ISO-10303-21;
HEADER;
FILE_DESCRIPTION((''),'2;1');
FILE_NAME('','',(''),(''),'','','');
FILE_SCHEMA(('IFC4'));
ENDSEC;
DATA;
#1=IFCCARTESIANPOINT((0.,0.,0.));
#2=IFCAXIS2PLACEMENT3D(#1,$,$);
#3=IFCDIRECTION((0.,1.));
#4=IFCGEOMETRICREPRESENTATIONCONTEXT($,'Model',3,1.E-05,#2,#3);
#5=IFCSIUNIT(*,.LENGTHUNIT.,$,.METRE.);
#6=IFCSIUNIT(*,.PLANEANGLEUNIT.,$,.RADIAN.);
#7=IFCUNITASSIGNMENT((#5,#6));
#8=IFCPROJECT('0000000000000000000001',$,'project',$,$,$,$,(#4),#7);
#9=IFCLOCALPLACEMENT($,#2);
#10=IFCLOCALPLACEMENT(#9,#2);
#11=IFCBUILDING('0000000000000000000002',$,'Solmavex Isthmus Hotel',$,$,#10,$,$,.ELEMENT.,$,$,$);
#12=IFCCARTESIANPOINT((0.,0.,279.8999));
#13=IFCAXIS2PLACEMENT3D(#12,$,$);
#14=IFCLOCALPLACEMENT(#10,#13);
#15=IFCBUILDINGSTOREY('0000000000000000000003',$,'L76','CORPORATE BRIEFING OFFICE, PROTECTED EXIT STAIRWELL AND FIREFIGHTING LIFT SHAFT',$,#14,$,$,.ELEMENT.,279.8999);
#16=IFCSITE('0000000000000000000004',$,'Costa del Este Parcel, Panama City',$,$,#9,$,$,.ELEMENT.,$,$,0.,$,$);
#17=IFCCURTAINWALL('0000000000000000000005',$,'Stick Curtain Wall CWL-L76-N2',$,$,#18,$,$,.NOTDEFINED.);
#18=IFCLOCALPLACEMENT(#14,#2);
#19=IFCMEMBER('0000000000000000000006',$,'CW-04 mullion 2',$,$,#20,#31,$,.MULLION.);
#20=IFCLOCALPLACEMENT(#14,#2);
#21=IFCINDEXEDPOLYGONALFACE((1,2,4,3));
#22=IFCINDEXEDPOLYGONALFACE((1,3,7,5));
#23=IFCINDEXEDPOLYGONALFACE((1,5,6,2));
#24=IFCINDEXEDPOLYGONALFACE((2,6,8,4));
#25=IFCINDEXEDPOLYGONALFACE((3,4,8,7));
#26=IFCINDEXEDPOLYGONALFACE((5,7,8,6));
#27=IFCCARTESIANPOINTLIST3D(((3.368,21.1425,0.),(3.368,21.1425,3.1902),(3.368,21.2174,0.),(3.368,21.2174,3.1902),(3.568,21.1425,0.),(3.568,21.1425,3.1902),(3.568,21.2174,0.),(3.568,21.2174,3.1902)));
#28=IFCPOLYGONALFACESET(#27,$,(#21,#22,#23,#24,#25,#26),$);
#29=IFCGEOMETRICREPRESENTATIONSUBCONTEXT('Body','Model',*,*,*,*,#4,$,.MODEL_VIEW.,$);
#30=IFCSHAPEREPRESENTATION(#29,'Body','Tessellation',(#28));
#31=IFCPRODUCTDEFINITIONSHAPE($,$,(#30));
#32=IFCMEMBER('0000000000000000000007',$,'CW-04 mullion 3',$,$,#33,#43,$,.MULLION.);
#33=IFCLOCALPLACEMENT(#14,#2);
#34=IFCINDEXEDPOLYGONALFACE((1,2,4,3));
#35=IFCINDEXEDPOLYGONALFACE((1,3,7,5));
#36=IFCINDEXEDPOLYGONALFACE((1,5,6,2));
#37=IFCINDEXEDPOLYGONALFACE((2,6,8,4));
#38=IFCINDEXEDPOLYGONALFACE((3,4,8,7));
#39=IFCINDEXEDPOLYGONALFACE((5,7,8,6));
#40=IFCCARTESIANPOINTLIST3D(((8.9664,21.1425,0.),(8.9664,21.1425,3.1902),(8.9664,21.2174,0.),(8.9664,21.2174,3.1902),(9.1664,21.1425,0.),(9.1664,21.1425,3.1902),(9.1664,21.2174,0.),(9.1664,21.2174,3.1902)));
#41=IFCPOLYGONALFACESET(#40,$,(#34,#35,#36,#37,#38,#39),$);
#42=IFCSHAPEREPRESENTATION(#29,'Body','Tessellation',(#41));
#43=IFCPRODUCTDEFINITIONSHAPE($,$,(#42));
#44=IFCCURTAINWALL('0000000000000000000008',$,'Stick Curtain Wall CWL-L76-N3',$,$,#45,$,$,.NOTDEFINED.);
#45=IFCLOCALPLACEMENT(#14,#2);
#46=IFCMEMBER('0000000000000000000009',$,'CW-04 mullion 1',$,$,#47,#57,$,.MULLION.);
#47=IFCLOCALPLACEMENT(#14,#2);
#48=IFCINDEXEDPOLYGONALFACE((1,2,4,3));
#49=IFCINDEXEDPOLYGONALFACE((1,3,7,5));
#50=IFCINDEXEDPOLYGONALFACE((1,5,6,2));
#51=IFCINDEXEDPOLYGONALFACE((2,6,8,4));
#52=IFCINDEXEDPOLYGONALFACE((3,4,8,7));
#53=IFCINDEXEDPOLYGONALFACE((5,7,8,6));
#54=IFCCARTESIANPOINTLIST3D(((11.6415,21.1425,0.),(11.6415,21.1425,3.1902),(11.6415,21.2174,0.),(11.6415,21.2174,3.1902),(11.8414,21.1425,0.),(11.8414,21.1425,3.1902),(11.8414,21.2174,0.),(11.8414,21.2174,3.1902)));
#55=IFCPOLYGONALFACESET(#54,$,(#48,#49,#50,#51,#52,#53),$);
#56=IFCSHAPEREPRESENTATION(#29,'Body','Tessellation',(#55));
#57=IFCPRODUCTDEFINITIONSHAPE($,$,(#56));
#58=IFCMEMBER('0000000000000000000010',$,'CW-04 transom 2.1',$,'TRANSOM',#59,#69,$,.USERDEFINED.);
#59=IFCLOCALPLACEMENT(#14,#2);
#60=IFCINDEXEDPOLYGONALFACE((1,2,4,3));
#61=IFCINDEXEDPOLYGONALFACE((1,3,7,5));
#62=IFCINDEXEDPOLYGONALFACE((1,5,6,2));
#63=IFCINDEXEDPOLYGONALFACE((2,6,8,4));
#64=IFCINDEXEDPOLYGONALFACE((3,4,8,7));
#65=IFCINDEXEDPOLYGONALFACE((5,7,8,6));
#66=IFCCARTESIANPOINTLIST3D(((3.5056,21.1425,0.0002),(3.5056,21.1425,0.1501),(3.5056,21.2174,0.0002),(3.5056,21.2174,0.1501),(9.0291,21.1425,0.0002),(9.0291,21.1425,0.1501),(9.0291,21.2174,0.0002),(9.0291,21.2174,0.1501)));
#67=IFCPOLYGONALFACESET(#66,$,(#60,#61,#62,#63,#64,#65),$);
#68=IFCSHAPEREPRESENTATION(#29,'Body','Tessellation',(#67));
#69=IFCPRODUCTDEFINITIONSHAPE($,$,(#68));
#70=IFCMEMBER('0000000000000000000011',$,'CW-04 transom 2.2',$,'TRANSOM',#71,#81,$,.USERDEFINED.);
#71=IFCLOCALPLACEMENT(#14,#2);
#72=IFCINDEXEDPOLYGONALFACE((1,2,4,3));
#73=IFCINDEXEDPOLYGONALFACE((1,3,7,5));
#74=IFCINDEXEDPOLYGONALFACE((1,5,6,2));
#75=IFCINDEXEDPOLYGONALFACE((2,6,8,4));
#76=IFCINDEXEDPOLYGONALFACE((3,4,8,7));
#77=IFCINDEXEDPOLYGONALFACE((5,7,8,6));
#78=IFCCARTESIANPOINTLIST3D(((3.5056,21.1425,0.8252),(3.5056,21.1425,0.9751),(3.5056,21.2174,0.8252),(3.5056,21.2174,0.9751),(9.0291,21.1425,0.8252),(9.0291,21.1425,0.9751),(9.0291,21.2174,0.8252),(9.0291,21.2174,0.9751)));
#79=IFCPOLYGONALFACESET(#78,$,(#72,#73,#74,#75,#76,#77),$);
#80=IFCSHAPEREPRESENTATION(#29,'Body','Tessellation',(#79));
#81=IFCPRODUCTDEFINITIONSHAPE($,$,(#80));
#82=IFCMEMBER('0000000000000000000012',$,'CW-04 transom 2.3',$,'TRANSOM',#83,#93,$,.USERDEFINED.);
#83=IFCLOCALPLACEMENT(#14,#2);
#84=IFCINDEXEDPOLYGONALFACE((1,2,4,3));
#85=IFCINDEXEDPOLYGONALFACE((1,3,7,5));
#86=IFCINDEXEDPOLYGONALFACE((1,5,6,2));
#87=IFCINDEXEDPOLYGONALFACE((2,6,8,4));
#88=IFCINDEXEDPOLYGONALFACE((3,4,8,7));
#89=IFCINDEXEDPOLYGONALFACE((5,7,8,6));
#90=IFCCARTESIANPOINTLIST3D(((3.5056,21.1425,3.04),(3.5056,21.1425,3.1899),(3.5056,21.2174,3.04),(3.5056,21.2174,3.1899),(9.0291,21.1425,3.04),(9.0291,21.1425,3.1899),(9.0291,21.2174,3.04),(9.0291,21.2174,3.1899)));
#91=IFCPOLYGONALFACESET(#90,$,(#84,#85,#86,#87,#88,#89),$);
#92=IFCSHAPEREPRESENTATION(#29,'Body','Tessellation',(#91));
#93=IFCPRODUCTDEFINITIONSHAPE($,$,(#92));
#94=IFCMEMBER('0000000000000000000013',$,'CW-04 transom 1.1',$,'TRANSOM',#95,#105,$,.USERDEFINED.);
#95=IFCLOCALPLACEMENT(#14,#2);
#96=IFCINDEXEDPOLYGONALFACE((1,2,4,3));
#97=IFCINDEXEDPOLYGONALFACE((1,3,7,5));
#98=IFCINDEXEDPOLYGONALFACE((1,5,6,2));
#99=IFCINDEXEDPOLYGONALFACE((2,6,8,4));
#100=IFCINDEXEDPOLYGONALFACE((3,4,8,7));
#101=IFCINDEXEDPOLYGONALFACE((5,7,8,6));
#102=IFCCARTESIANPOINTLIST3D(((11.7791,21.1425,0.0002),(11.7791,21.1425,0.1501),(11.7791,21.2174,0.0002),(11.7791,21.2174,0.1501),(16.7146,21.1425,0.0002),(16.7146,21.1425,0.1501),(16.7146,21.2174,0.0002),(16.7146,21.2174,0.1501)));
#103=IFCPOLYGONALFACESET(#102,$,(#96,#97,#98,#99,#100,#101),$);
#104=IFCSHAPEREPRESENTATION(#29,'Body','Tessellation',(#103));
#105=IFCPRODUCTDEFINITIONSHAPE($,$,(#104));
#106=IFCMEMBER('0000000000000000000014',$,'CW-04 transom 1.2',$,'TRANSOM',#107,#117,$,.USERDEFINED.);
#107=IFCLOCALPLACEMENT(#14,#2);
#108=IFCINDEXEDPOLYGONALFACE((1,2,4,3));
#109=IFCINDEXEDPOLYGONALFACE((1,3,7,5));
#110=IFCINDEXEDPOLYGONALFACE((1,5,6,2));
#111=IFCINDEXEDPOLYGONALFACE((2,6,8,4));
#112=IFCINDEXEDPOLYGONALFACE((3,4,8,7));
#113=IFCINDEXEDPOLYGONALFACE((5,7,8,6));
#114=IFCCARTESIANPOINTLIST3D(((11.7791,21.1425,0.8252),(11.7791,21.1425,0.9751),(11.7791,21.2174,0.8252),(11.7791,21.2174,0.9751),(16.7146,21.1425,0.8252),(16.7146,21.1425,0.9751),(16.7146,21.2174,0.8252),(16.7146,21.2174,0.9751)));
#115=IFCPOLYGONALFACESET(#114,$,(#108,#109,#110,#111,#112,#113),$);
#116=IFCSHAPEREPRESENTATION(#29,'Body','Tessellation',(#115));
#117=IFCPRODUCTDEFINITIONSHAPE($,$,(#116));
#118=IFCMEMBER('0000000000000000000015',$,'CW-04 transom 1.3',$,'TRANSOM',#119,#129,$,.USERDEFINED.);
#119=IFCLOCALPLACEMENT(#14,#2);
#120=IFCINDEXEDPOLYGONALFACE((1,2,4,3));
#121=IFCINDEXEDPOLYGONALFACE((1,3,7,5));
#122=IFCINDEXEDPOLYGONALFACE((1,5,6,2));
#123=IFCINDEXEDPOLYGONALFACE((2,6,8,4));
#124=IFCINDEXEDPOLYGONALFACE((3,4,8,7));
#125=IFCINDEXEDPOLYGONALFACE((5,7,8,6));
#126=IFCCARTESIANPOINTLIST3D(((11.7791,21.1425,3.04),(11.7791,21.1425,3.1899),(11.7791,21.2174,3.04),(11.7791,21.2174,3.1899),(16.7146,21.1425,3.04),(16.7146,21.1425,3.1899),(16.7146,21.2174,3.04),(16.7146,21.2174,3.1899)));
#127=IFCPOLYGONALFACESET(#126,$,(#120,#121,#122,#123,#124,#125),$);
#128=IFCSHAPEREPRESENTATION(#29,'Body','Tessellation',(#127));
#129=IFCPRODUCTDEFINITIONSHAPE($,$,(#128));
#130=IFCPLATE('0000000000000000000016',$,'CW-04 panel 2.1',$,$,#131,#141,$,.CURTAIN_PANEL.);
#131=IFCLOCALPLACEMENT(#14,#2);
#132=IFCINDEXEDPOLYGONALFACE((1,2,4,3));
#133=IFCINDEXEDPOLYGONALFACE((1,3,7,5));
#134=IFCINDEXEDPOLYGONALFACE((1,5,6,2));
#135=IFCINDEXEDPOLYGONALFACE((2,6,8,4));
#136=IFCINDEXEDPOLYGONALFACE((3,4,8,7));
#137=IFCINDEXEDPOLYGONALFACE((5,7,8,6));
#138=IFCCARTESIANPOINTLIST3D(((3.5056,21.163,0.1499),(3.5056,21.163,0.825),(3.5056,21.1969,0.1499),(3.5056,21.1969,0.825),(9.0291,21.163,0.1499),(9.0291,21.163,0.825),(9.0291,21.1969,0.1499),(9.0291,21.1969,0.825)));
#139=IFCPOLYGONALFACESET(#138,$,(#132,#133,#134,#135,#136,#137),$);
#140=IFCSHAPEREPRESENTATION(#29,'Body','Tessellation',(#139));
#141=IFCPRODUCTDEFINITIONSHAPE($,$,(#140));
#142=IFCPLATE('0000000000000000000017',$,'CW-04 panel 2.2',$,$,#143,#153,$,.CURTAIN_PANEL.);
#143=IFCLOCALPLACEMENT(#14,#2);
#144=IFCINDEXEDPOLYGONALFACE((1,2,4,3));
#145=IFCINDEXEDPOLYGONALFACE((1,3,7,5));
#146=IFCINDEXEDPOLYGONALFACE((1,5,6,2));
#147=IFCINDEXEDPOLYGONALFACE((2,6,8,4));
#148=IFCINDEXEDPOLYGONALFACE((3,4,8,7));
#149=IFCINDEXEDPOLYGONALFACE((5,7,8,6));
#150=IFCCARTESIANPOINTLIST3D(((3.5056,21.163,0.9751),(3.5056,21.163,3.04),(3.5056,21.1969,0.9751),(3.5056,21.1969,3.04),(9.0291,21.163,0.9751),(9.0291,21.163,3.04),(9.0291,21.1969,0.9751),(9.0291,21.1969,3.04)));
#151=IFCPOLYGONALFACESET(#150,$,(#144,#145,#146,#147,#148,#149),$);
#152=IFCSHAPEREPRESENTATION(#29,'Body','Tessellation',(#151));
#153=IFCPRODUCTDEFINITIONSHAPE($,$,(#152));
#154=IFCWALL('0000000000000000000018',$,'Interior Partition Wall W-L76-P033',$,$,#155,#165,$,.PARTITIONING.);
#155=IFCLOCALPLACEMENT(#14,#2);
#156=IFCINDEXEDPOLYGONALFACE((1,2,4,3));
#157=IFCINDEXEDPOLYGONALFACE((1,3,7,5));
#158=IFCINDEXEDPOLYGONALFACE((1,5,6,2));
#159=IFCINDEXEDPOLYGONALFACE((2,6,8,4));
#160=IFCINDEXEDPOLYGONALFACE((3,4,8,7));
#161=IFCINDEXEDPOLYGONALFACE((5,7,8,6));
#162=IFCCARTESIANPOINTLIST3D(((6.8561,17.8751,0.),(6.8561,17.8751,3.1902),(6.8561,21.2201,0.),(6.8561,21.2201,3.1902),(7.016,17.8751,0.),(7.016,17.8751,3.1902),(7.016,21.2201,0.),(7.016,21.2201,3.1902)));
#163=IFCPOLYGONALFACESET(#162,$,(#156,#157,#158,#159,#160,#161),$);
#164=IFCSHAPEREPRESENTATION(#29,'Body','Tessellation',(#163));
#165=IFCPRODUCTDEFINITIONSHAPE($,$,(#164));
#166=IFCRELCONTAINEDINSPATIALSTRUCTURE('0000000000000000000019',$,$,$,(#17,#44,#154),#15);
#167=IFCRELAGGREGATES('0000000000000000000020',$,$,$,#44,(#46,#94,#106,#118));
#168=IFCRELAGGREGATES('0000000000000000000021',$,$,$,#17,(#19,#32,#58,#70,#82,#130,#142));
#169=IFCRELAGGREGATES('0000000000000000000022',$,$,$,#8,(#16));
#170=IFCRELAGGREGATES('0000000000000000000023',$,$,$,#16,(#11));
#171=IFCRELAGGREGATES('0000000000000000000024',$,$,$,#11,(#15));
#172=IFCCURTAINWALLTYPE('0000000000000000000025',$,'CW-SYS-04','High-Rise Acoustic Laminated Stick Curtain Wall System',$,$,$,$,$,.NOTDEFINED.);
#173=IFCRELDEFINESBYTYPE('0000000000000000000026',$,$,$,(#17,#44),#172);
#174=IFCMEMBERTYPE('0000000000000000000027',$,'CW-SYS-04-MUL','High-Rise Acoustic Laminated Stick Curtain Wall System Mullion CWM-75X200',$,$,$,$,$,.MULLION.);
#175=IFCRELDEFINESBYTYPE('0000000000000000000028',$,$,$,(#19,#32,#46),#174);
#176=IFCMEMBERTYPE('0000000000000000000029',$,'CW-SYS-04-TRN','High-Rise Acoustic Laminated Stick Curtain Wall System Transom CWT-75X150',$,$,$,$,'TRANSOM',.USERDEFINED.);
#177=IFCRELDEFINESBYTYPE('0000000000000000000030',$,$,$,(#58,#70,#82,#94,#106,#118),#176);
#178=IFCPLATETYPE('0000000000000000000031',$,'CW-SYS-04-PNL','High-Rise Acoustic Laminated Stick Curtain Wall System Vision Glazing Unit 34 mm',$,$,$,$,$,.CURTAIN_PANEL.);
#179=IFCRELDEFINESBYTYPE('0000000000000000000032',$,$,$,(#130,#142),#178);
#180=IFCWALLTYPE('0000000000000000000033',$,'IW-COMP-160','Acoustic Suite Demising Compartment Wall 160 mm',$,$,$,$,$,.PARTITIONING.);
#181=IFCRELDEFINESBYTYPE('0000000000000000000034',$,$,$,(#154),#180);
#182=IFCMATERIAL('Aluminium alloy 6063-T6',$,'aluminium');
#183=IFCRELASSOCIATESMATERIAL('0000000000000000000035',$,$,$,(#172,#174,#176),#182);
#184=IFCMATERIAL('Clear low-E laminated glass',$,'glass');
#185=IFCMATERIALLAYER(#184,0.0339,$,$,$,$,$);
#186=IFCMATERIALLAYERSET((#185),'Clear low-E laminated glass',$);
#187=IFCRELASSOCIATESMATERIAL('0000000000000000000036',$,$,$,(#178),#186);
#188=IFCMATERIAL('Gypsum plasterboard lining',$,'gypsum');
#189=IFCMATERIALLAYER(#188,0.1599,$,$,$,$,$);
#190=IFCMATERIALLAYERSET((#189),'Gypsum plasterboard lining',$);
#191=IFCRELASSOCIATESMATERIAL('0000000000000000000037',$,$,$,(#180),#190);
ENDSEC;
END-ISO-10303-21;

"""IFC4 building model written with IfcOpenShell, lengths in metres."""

from ifc_helpers import new_model, si_unit, direction, frame, frame_2d, origin, origin_2d, place, context, subcontext, project, spatial, rectangle, extrude, material, layer, layer_set, material_profile, profile_set, type_object, element, aggregate, save


model = new_model("IFC4")

# Units and contexts
model_context = context("Model", 3, precision=1e-05, world=origin(), true_north=direction((0.0, 1.0)))
body_context = subcontext(model_context, "Body", "Model", "MODEL_VIEW")
ifc_project = project(units=[si_unit("LENGTHUNIT", "METRE"), si_unit("PLANEANGLEUNIT", "RADIAN")], contexts=[model_context])

# Site, building, storey
site_placement = place(None, origin())
site = spatial("IfcSite", under=ifc_project, at=site_placement, Name="Costa del Este Parcel, Panama City", CompositionType="ELEMENT", RefElevation=0.0)
building_placement = place(site_placement, origin())
building = spatial("IfcBuilding", under=site, at=building_placement, Name="Solmavex Isthmus Hotel", CompositionType="ELEMENT")
storey_placement = place(building_placement, frame((0.0, 0.0, 279.8999)))
storey = spatial("IfcBuildingStorey", under=building, at=storey_placement, Name="L76", Description="CORPORATE BRIEFING OFFICE, PROTECTED EXIT STAIRWELL AND FIREFIGHTING LIFT SHAFT", CompositionType="ELEMENT", Elevation=279.8999)

# Curtain wall, members
ifc_material_1 = material(Name="Aluminium alloy 6063-T6", Category="aluminium")
curtain_wall_type = type_object("IfcCurtainWallType", Name="CW-SYS-04", Description="High-Rise Acoustic Laminated Stick Curtain Wall System", PredefinedType="NOTDEFINED", material=ifc_material_1)
curtain_wall_1_placement = place(storey_placement, origin())
curtain_wall_1 = element("IfcCurtainWall", 1, at=curtain_wall_1_placement, inside=storey, type_object=curtain_wall_type, Name="Stick Curtain Wall CWL-L76-N2", PredefinedType="NOTDEFINED")
ifc_material_profile_1 = material_profile(ifc_material_1, rectangle(XDim=0.075, YDim=0.2, at=origin_2d()), Name="CWM-75X200")
ifc_profile_set_1 = profile_set([ifc_material_profile_1], Name="Aluminium alloy 6063-T6")
member_type_1 = type_object("IfcMemberType", Name="CW-SYS-04-MUL", Description="High-Rise Acoustic Laminated Stick Curtain Wall System Mullion CWM-75X200", PredefinedType="MULLION", material=ifc_profile_set_1)
member_1_placement = place(storey_placement, frame((3.468, 21.1799, 0.0), z_axis=(0.0, 0.0, 1.0), x_axis=(0.0, 1.0, 0.0)))
member_1 = element("IfcMember", 2, at=member_1_placement, type_object=member_type_1, Name="CW-04 mullion 2", PredefinedType="MULLION", context=body_context, shape_type="SweptSolid", body=[
    extrude(rectangle(XDim=0.075, YDim=0.2, at=origin_2d()), origin(), (0.0, 0.0, 1.0), 3.1902),
])
member_2_placement = place(storey_placement, frame((9.0664, 21.1799, 0.0), z_axis=(0.0, 0.0, 1.0), x_axis=(0.0, 1.0, 0.0)))
member_2 = element("IfcMember", 3, at=member_2_placement, type_object=member_type_1, Name="CW-04 mullion 3", PredefinedType="MULLION", context=body_context, shape_type="SweptSolid", body=[
    extrude(rectangle(XDim=0.075, YDim=0.2, at=origin_2d()), origin(), (0.0, 0.0, 1.0), 3.1902),
])

# Curtain wall, member
curtain_wall_2_placement = place(storey_placement, origin())
curtain_wall_2 = element("IfcCurtainWall", 4, at=curtain_wall_2_placement, inside=storey, type_object=curtain_wall_type, Name="Stick Curtain Wall CWL-L76-N3", PredefinedType="NOTDEFINED")
member_3_placement = place(storey_placement, frame((11.7415, 21.1799, 0.0), z_axis=(0.0, 0.0, 1.0), x_axis=(0.0, 1.0, 0.0)))
member_3 = element("IfcMember", 5, at=member_3_placement, type_object=member_type_1, Name="CW-04 mullion 1", PredefinedType="MULLION", context=body_context, shape_type="SweptSolid", body=[
    extrude(rectangle(XDim=0.075, YDim=0.2, at=origin_2d()), origin(), (0.0, 0.0, 1.0), 3.1902),
])

# Members
ifc_material_profile_2 = material_profile(ifc_material_1, rectangle(XDim=0.075, YDim=0.1499, at=origin_2d()), Name="CWT-75X150")
ifc_profile_set_2 = profile_set([ifc_material_profile_2], Name="Aluminium alloy 6063-T6")
member_type_2 = type_object("IfcMemberType", Name="CW-SYS-04-TRN", Description="High-Rise Acoustic Laminated Stick Curtain Wall System Transom CWT-75X150", ElementType="TRANSOM", PredefinedType="USERDEFINED", material=ifc_profile_set_2)
member_4_placement = place(storey_placement, frame((3.5056, 21.1799, 0.0752), z_axis=(1.0, 0.0, 0.0), x_axis=(0.0, 1.0, 0.0)))
member_4 = element("IfcMember", 6, at=member_4_placement, type_object=member_type_2, Name="CW-04 transom 2.1", ObjectType="TRANSOM", PredefinedType="USERDEFINED", context=body_context, shape_type="SweptSolid", body=[
    extrude(rectangle(XDim=0.075, YDim=0.1499, at=origin_2d()), origin(), (0.0, 0.0, 1.0), 5.5234),
])
member_5_placement = place(storey_placement, frame((3.5056, 21.1799, 0.9001), z_axis=(1.0, 0.0, 0.0), x_axis=(0.0, 1.0, 0.0)))
member_5 = element("IfcMember", 7, at=member_5_placement, type_object=member_type_2, Name="CW-04 transom 2.2", ObjectType="TRANSOM", PredefinedType="USERDEFINED", context=body_context, shape_type="SweptSolid", body=[
    extrude(rectangle(XDim=0.075, YDim=0.1499, at=origin_2d()), origin(), (0.0, 0.0, 1.0), 5.5234),
])
member_6_placement = place(storey_placement, frame((3.5056, 21.1799, 3.115), z_axis=(1.0, 0.0, 0.0), x_axis=(0.0, 1.0, 0.0)))
member_6 = element("IfcMember", 8, at=member_6_placement, type_object=member_type_2, Name="CW-04 transom 2.3", ObjectType="TRANSOM", PredefinedType="USERDEFINED", context=body_context, shape_type="SweptSolid", body=[
    extrude(rectangle(XDim=0.075, YDim=0.1499, at=origin_2d()), origin(), (0.0, 0.0, 1.0), 5.5234),
])
member_7_placement = place(storey_placement, frame((11.7791, 21.1799, 0.0752), z_axis=(1.0, 0.0, 0.0), x_axis=(0.0, 1.0, 0.0)))
member_7 = element("IfcMember", 9, at=member_7_placement, type_object=member_type_2, Name="CW-04 transom 1.1", ObjectType="TRANSOM", PredefinedType="USERDEFINED", context=body_context, shape_type="SweptSolid", body=[
    extrude(rectangle(XDim=0.075, YDim=0.1499, at=origin_2d()), origin(), (0.0, 0.0, 1.0), 4.9355),
])
member_8_placement = place(storey_placement, frame((11.7791, 21.1799, 0.9001), z_axis=(1.0, 0.0, 0.0), x_axis=(0.0, 1.0, 0.0)))
member_8 = element("IfcMember", 10, at=member_8_placement, type_object=member_type_2, Name="CW-04 transom 1.2", ObjectType="TRANSOM", PredefinedType="USERDEFINED", context=body_context, shape_type="SweptSolid", body=[
    extrude(rectangle(XDim=0.075, YDim=0.1499, at=origin_2d()), origin(), (0.0, 0.0, 1.0), 4.9355),
])
member_9_placement = place(storey_placement, frame((11.7791, 21.1799, 3.115), z_axis=(1.0, 0.0, 0.0), x_axis=(0.0, 1.0, 0.0)))
member_9 = element("IfcMember", 11, at=member_9_placement, type_object=member_type_2, Name="CW-04 transom 1.3", ObjectType="TRANSOM", PredefinedType="USERDEFINED", context=body_context, shape_type="SweptSolid", body=[
    extrude(rectangle(XDim=0.075, YDim=0.1499, at=origin_2d()), origin(), (0.0, 0.0, 1.0), 4.9355),
])
aggregate(curtain_wall_2, [member_3, member_7, member_8, member_9])

# Plates
ifc_material_2 = material(Name="Clear low-E laminated glass", Category="glass")
ifc_layer_1 = layer(ifc_material_2, 0.0339)
ifc_layer_set_1 = layer_set([ifc_layer_1], Name="Clear low-E laminated glass")
plate_type = type_object("IfcPlateType", Name="CW-SYS-04-PNL", Description="High-Rise Acoustic Laminated Stick Curtain Wall System Vision Glazing Unit 34 mm", PredefinedType="CURTAIN_PANEL", material=ifc_layer_set_1)
plate_1_placement = place(storey_placement, frame((6.2673, 21.1799, 0.1499), z_axis=(0.0, 0.0, 1.0), x_axis=(1.0, 0.0, 0.0)))
plate_1 = element("IfcPlate", 12, at=plate_1_placement, type_object=plate_type, Name="CW-04 panel 2.1", PredefinedType="CURTAIN_PANEL", context=body_context, shape_type="SweptSolid", body=[
    extrude(rectangle(XDim=5.5234, YDim=0.0339, at=origin_2d()), origin(), (0.0, 0.0, 1.0), 0.675),
])
plate_2_placement = place(storey_placement, frame((6.2673, 21.1799, 0.9751), z_axis=(0.0, 0.0, 1.0), x_axis=(1.0, 0.0, 0.0)))
plate_2 = element("IfcPlate", 13, at=plate_2_placement, type_object=plate_type, Name="CW-04 panel 2.2", PredefinedType="CURTAIN_PANEL", context=body_context, shape_type="SweptSolid", body=[
    extrude(rectangle(XDim=5.5234, YDim=0.0339, at=origin_2d()), origin(), (0.0, 0.0, 1.0), 2.0649),
])
aggregate(curtain_wall_1, [member_1, member_2, member_4, member_5, member_6, plate_1, plate_2])

# Wall
ifc_material_3 = material(Name="Gypsum plasterboard lining", Category="gypsum")
ifc_layer_2 = layer(ifc_material_3, 0.1599)
ifc_layer_set_2 = layer_set([ifc_layer_2], Name="Gypsum plasterboard lining")
wall_type_1 = type_object("IfcWallType", Name="IW-COMP-160", Description="Acoustic Suite Demising Compartment Wall 160 mm", PredefinedType="PARTITIONING", material=ifc_layer_set_2)
wall_1_placement = place(storey_placement, frame((6.936, 21.22, 0.0), z_axis=(0.0, 0.0, 1.0), x_axis=(0.0, -1.0, 0.0)))
element("IfcWall", 14, at=wall_1_placement, inside=storey, type_object=wall_type_1, Name="Interior Partition Wall W-L76-P033", PredefinedType="PARTITIONING", context=body_context, shape_type="SweptSolid", body=[
    extrude(rectangle(XDim=3.345, YDim=0.1599, at=frame_2d((1.6724, 0.0))), origin(), (0.0, 0.0, 1.0), 3.1902),
])

save(model, "model.ifc")
